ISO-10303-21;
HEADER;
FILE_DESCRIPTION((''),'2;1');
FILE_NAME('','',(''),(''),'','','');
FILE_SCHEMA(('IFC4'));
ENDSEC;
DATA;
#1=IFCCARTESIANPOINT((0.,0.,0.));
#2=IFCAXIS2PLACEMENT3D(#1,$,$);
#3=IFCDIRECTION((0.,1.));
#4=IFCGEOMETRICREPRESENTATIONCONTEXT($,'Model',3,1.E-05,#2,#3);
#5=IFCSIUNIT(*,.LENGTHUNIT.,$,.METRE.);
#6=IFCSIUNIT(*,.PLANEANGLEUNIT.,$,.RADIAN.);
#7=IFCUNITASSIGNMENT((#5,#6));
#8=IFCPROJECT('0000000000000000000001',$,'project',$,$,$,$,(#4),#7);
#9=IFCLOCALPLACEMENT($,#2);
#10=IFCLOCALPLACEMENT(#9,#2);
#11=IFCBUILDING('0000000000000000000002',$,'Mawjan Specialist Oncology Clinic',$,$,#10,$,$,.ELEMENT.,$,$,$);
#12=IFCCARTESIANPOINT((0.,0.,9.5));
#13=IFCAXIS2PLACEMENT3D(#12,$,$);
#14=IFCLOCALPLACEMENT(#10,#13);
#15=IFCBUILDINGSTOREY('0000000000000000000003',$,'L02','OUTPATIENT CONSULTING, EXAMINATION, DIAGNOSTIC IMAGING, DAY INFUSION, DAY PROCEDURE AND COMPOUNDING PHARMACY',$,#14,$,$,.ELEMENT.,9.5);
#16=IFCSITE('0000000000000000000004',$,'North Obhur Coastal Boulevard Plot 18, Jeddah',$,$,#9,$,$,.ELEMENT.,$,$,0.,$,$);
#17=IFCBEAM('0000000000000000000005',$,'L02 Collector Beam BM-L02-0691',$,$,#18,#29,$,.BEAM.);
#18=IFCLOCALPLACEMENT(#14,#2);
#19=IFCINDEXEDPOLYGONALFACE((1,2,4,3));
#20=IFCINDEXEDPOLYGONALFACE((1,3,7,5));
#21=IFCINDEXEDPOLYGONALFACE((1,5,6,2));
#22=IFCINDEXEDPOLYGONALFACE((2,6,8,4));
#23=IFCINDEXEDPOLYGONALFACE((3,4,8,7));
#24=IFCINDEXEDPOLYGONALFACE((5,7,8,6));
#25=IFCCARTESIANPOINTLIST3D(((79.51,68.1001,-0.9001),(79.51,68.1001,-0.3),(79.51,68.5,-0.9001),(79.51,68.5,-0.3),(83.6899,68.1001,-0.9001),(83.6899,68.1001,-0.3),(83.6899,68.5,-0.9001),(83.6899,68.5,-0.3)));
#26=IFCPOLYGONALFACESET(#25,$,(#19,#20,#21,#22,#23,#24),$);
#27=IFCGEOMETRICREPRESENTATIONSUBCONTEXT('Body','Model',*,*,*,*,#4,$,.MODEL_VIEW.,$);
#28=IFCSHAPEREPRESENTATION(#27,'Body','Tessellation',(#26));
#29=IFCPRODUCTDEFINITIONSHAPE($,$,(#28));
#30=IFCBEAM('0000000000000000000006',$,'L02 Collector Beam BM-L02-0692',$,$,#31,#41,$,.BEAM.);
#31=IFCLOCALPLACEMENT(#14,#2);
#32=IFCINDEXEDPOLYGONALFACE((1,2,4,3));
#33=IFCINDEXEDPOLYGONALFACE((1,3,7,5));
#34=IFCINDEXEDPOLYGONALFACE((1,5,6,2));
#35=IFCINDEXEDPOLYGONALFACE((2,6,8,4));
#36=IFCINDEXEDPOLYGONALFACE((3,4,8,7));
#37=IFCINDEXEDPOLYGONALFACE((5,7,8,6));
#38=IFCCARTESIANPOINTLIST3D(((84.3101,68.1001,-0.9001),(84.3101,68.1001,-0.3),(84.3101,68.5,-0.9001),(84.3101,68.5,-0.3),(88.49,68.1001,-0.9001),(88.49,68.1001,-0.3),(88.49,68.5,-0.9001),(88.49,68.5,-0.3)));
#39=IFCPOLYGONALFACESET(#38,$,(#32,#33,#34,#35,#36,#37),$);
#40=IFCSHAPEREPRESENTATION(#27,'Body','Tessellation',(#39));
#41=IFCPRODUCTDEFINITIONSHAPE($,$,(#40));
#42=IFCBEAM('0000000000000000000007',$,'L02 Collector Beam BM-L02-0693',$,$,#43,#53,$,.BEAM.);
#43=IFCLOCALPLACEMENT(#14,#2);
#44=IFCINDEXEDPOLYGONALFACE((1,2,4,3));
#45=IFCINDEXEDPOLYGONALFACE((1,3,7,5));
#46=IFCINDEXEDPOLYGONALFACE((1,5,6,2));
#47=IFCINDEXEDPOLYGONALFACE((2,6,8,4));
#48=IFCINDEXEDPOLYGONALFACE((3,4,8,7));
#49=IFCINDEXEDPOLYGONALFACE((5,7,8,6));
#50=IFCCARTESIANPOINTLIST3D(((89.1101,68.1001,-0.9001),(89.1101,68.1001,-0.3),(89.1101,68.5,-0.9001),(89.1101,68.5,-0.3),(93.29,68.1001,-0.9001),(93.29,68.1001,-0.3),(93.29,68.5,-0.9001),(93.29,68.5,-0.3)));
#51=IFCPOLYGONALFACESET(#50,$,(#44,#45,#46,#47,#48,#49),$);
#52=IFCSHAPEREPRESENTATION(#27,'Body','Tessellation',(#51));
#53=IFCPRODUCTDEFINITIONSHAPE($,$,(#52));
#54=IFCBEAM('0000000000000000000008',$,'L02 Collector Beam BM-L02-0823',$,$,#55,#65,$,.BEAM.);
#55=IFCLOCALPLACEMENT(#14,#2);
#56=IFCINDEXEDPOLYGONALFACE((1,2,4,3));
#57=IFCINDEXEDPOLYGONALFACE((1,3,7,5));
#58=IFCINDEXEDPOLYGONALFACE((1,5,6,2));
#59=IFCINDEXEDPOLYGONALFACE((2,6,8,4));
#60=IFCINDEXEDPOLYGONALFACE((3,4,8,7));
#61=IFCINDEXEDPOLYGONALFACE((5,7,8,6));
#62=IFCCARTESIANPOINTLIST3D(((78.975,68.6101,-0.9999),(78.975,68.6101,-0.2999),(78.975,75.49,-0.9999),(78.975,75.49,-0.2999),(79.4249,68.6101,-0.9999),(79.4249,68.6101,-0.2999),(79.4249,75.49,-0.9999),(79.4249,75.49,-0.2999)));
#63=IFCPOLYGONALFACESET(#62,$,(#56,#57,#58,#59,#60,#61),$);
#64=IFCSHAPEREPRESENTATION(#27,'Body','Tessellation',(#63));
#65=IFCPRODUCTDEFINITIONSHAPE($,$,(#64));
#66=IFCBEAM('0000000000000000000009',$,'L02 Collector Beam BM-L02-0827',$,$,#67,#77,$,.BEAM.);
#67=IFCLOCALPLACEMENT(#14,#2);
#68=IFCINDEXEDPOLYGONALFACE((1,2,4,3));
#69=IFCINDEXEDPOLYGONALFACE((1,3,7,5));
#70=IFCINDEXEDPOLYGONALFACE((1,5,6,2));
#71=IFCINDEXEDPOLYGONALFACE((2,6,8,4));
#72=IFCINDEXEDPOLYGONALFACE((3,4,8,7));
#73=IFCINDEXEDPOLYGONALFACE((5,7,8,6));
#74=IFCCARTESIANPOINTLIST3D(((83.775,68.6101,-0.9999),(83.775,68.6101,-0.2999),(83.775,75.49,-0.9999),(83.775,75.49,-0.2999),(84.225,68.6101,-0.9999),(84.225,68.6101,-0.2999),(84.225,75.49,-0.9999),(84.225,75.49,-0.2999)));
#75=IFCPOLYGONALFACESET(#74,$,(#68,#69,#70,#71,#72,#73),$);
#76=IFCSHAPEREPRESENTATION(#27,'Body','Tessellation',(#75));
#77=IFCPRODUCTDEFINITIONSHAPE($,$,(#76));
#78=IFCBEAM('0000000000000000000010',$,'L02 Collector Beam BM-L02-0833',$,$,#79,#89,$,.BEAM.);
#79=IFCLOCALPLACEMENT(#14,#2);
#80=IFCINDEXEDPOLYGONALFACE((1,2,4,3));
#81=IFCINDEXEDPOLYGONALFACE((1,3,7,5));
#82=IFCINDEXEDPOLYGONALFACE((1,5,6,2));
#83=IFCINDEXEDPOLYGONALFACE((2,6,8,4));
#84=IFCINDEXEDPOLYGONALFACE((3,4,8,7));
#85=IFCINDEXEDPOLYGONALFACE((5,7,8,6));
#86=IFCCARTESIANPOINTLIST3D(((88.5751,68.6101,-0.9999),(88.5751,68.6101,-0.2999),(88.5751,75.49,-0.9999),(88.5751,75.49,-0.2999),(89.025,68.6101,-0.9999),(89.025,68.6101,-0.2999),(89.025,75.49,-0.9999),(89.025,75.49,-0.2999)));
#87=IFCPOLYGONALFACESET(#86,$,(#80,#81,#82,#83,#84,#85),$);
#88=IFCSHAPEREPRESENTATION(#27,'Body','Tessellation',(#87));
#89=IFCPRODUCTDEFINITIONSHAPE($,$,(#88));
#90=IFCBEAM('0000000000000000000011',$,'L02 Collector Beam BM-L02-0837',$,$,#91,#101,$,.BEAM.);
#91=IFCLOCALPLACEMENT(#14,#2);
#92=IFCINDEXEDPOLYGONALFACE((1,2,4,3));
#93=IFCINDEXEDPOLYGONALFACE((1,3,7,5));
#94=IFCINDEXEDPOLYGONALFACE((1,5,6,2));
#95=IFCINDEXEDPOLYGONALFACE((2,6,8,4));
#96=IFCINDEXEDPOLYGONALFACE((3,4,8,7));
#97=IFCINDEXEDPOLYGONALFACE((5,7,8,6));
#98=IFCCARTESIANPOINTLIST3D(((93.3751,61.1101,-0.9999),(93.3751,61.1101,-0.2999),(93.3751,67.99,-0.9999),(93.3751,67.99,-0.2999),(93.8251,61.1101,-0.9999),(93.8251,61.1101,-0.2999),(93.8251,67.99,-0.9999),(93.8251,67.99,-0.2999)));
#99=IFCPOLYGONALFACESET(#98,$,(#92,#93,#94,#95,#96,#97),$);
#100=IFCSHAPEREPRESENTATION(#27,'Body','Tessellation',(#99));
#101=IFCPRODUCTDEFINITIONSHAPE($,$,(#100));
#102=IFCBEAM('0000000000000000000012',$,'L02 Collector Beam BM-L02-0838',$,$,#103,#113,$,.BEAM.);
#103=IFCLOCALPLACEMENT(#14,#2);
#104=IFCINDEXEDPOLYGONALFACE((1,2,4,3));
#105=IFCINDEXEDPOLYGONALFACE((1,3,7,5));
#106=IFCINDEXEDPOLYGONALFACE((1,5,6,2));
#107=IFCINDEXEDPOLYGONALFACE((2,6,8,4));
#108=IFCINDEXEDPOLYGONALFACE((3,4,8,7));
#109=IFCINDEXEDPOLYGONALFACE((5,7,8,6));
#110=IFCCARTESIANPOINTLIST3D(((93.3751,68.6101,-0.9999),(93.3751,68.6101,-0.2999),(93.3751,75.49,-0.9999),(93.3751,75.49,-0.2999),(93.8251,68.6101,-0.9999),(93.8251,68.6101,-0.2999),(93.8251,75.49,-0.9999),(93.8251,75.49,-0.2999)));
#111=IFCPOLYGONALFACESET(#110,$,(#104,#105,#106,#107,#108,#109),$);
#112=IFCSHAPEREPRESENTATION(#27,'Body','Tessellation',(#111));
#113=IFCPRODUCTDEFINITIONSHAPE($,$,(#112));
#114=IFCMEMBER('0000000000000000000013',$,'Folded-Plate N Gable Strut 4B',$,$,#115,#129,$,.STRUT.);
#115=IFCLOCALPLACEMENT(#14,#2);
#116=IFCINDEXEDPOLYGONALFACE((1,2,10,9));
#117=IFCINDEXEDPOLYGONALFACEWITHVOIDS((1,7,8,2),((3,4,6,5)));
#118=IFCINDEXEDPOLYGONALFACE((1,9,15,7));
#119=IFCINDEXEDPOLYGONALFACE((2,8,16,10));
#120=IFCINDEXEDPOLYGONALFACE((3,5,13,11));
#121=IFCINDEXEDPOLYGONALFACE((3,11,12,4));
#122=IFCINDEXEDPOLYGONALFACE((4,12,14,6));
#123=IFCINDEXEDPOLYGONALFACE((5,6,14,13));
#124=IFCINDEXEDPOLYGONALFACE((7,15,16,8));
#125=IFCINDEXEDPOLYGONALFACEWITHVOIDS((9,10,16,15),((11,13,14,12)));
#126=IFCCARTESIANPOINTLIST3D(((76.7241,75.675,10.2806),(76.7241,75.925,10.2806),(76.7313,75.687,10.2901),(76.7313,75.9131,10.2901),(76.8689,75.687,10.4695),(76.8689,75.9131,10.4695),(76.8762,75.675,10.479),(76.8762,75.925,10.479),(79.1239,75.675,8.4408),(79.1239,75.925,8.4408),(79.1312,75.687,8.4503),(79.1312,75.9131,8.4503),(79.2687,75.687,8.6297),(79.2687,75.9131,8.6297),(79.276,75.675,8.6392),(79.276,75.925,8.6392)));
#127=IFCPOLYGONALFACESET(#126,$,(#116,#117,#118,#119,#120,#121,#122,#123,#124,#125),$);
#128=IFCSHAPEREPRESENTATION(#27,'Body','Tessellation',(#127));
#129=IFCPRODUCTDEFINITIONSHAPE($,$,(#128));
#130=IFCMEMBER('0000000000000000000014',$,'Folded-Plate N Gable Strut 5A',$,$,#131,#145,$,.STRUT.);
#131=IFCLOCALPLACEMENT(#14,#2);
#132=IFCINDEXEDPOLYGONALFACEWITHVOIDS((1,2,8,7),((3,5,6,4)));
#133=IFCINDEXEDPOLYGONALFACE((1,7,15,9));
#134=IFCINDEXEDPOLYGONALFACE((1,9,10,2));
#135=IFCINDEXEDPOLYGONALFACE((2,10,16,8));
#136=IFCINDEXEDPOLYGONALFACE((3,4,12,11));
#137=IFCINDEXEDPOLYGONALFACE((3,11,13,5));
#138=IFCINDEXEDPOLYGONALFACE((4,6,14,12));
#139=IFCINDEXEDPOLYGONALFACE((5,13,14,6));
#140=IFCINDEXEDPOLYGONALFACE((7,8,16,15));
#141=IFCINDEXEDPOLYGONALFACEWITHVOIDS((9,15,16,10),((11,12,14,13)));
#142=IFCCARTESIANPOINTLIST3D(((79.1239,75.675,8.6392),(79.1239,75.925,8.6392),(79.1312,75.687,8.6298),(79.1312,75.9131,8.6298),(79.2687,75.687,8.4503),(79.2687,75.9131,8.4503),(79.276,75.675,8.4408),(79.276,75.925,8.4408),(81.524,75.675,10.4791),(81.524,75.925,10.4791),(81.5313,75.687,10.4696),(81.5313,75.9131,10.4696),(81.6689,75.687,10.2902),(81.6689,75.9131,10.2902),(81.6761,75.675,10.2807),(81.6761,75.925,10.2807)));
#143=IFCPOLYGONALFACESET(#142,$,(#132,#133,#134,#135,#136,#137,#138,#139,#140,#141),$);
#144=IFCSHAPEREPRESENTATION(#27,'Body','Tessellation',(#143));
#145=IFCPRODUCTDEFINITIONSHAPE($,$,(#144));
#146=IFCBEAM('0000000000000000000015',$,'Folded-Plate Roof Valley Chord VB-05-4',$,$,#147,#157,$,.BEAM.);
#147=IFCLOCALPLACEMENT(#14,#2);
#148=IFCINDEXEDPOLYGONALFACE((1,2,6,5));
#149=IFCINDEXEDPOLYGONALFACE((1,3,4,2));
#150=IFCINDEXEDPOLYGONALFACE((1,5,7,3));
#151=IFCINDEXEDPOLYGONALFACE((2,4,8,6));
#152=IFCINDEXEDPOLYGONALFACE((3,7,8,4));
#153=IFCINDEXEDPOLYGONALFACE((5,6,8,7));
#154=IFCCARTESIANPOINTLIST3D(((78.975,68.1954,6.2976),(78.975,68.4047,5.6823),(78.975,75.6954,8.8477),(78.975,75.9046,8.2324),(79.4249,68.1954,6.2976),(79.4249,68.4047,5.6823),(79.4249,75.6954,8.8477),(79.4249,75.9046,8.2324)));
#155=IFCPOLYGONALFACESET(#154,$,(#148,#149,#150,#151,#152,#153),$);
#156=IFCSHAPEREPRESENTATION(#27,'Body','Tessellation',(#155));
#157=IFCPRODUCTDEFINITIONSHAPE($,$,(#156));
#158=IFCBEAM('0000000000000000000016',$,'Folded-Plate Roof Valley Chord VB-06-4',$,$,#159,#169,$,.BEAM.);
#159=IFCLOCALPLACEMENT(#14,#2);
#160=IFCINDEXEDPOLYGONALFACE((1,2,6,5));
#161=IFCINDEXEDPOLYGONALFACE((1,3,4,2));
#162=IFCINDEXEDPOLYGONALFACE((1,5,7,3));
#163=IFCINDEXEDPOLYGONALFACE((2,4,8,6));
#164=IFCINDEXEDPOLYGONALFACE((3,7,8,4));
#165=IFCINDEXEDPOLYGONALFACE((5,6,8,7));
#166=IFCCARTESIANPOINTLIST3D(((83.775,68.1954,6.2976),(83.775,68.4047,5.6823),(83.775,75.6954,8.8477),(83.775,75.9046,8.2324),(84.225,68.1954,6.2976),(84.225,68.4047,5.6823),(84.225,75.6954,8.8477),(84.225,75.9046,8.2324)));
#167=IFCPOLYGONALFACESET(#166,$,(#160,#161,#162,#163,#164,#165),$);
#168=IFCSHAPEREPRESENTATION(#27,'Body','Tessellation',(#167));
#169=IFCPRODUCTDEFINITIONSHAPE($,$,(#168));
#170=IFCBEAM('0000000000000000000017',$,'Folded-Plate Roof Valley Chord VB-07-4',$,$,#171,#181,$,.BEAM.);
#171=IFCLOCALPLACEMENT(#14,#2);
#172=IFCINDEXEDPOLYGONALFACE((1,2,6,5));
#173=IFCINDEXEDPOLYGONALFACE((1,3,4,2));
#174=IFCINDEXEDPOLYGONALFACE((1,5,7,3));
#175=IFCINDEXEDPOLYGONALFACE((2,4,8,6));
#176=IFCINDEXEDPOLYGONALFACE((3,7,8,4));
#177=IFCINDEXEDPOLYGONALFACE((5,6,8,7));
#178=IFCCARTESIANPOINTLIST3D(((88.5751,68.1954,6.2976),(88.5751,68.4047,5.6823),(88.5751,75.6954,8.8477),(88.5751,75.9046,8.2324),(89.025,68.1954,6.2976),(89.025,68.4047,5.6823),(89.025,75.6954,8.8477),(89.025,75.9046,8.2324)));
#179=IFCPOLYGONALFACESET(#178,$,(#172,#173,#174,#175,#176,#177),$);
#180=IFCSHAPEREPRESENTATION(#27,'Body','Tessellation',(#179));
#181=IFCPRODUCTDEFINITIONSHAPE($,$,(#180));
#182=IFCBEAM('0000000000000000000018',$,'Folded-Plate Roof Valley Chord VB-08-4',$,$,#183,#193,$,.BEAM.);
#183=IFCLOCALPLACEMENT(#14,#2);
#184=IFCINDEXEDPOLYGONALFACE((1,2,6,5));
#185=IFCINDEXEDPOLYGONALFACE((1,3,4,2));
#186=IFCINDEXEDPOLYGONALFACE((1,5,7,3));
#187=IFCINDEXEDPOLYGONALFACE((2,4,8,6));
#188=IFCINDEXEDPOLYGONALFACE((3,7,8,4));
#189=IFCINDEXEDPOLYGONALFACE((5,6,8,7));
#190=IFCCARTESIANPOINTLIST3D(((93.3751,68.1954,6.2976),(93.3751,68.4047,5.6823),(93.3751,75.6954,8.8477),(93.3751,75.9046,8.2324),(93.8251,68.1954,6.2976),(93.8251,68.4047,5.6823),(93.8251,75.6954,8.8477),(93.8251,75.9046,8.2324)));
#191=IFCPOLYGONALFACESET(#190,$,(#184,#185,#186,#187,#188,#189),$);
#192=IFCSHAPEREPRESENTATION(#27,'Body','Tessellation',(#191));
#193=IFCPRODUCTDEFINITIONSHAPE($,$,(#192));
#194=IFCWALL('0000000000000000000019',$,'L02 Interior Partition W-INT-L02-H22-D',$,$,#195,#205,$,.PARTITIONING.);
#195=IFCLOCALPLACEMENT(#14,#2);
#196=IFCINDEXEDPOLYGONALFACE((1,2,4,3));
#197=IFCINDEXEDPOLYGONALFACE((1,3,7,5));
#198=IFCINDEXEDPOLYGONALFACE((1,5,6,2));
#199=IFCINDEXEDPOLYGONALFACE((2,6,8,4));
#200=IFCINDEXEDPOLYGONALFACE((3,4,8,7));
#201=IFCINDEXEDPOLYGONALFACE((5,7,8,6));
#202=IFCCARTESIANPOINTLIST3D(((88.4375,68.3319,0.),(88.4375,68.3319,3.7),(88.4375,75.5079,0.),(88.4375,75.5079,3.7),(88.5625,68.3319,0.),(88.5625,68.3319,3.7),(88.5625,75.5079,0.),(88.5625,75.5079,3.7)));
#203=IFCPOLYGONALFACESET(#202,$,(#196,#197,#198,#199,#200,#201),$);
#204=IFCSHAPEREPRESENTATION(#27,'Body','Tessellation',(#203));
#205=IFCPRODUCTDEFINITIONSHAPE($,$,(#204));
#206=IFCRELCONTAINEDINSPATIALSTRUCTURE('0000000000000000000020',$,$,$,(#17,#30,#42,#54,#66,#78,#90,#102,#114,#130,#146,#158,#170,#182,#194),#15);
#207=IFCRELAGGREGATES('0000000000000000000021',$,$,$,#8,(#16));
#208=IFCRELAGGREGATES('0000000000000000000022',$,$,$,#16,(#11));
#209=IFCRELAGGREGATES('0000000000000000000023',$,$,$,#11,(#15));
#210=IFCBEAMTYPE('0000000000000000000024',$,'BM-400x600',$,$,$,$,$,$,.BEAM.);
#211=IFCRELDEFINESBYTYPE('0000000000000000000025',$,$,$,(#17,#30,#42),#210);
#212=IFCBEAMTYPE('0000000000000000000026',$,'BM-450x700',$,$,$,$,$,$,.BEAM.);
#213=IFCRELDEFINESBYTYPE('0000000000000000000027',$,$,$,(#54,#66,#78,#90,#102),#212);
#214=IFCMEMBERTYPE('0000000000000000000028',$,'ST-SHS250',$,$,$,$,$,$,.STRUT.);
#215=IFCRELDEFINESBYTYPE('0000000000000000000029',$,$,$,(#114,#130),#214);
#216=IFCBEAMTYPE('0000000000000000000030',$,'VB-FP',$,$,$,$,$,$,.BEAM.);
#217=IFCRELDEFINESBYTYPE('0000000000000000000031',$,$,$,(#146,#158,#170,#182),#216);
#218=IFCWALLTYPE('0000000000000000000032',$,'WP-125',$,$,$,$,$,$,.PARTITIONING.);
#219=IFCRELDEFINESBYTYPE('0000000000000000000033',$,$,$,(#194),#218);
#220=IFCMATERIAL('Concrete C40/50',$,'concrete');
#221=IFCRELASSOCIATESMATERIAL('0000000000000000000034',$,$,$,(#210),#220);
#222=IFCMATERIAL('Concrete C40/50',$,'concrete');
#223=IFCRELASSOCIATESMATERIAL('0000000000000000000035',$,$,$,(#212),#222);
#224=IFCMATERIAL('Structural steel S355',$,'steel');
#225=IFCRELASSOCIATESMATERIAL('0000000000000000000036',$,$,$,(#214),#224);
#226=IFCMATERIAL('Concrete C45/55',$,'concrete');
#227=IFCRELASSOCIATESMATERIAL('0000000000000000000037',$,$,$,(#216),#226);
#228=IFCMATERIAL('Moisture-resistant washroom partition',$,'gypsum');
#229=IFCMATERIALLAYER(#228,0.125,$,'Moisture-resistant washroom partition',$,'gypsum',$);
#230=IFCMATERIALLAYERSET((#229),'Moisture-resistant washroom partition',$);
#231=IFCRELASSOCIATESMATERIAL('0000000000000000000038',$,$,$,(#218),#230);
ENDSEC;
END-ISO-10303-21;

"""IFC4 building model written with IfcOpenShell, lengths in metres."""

from ifc_helpers import new_model, si_unit, direction, frame, frame_2d, origin, origin_2d, place, context, subcontext, project, spatial, rectangle, hollow_rectangle, extrude, material, layer, layer_set, material_profile, profile_set, type_object, element, save


model = new_model("IFC4")

# Units and contexts
model_context = context("Model", 3, precision=1e-05, world=origin(), true_north=direction((0.0, 1.0)))
body_context = subcontext(model_context, "Body", "Model", "MODEL_VIEW")
ifc_project = project(units=[si_unit("LENGTHUNIT", "METRE"), si_unit("PLANEANGLEUNIT", "RADIAN")], contexts=[model_context])

# Site, building, storey
site_placement = place(None, origin())
site = spatial("IfcSite", under=ifc_project, at=site_placement, Name="North Obhur Coastal Boulevard Plot 18, Jeddah", CompositionType="ELEMENT", RefElevation=0.0)
building_placement = place(site_placement, origin())
building = spatial("IfcBuilding", under=site, at=building_placement, Name="Mawjan Specialist Oncology Clinic", CompositionType="ELEMENT")
storey_placement = place(building_placement, frame((0.0, 0.0, 9.5)))
storey = spatial("IfcBuildingStorey", under=building, at=storey_placement, Name="L02", Description="OUTPATIENT CONSULTING, EXAMINATION, DIAGNOSTIC IMAGING, DAY INFUSION, DAY PROCEDURE AND COMPOUNDING PHARMACY", CompositionType="ELEMENT", Elevation=9.5)

# Beams
ifc_material_1 = material(Name="Concrete C40/50", Category="concrete")
ifc_material_profile_1 = material_profile(ifc_material_1, rectangle(XDim=0.3999, YDim=0.6001, at=origin_2d()), Name="RC BM 400x600", Category="concrete")
ifc_profile_set_1 = profile_set([ifc_material_profile_1], Name="Concrete C40/50")
beam_type_1 = type_object("IfcBeamType", Name="BM-400x600", PredefinedType="BEAM", material=ifc_profile_set_1)
for number, where, z_axis, x_axis, name in (
    (1, (79.51, 68.3, -0.6001), (1.0, 0.0, 0.0), (0.0, 1.0, 0.0), "L02 Collector Beam BM-L02-0691"),
    (2, (84.3101, 68.3, -0.6001), (1.0, 0.0, 0.0), (0.0, 1.0, 0.0), "L02 Collector Beam BM-L02-0692"),
    (3, (89.1101, 68.3, -0.6001), (1.0, 0.0, 0.0), (0.0, 1.0, 0.0), "L02 Collector Beam BM-L02-0693"),
):
    element("IfcBeam", number, at=place(storey_placement, frame(where, z_axis=z_axis, x_axis=x_axis)), inside=storey, type_object=beam_type_1, Name=name, PredefinedType="BEAM", context=body_context, shape_type="SweptSolid", body=[
        extrude(rectangle(XDim=0.3999, YDim=0.6001, at=origin_2d()), origin(), (0.0, 0.0, 1.0), 4.1799),
    ])
ifc_material_2 = material(Name="Concrete C40/50", Category="concrete")
ifc_material_profile_2 = material_profile(ifc_material_2, rectangle(XDim=0.45, YDim=0.7, at=origin_2d()), Name="RC BM 450x700", Category="concrete")
ifc_profile_set_2 = profile_set([ifc_material_profile_2], Name="Concrete C40/50")
beam_type_2 = type_object("IfcBeamType", Name="BM-450x700", PredefinedType="BEAM", material=ifc_profile_set_2)
for number, where, z_axis, x_axis, name in (
    (4, (79.2, 68.6101, -0.6499), (0.0, 1.0, 0.0), (-1.0, 0.0, 0.0), "L02 Collector Beam BM-L02-0823"),
    (5, (84.0, 68.6101, -0.6499), (0.0, 1.0, 0.0), (-1.0, 0.0, 0.0), "L02 Collector Beam BM-L02-0827"),
    (6, (88.8, 68.6101, -0.6499), (0.0, 1.0, 0.0), (-1.0, 0.0, 0.0), "L02 Collector Beam BM-L02-0833"),
    (7, (93.6001, 61.1101, -0.6499), (0.0, 1.0, 0.0), (-1.0, 0.0, 0.0), "L02 Collector Beam BM-L02-0837"),
    (8, (93.6001, 68.6101, -0.6499), (0.0, 1.0, 0.0), (-1.0, 0.0, 0.0), "L02 Collector Beam BM-L02-0838"),
):
    element("IfcBeam", number, at=place(storey_placement, frame(where, z_axis=z_axis, x_axis=x_axis)), inside=storey, type_object=beam_type_2, Name=name, PredefinedType="BEAM", context=body_context, shape_type="SweptSolid", body=[
        extrude(rectangle(XDim=0.45, YDim=0.7, at=origin_2d()), origin(), (0.0, 0.0, 1.0), 6.8799),
    ])

# Members
ifc_material_3 = material(Name="Structural steel S355", Category="steel")
ifc_material_profile_3 = material_profile(ifc_material_3, hollow_rectangle(XDim=0.25, YDim=0.25, WallThickness=0.012, at=origin_2d()), Name="SHS 250x250x12", Category="steel")
ifc_profile_set_3 = profile_set([ifc_material_profile_3], Name="Structural steel S355")
member_type = type_object("IfcMemberType", Name="ST-SHS250", PredefinedType="STRUT", material=ifc_profile_set_3)
member_1_placement = place(storey_placement, frame((79.2, 75.8, 8.54), z_axis=(-0.793619, 0.0, 0.608415), x_axis=(0.0, -1.0, 0.0)))
element("IfcMember", 9, at=member_1_placement, inside=storey, type_object=member_type, Name="Folded-Plate N Gable Strut 4B", PredefinedType="STRUT", context=body_context, shape_type="SweptSolid", body=[
    extrude(hollow_rectangle(XDim=0.25, YDim=0.25, WallThickness=0.012, at=origin_2d()), origin(), (0.0, 0.0, 1.0), 3.0239),
])
member_2_placement = place(storey_placement, frame((79.2, 75.8, 8.54), z_axis=(0.793649, 0.0, 0.608376), x_axis=(0.0, 1.0, 0.0)))
element("IfcMember", 10, at=member_2_placement, inside=storey, type_object=member_type, Name="Folded-Plate N Gable Strut 5A", PredefinedType="STRUT", context=body_context, shape_type="SweptSolid", body=[
    extrude(hollow_rectangle(XDim=0.25, YDim=0.25, WallThickness=0.012, at=origin_2d()), origin(), (0.0, 0.0, 1.0), 3.0242),
])

# Beams
ifc_material_4 = material(Name="Concrete C45/55", Category="concrete")
ifc_material_profile_4 = material_profile(ifc_material_4, rectangle(XDim=0.45, YDim=0.6499, at=origin_2d()), Name="RC VALLEY 450x650", Category="concrete")
ifc_profile_set_4 = profile_set([ifc_material_profile_4], Name="Concrete C45/55")
beam_type_3 = type_object("IfcBeamType", Name="VB-FP", PredefinedType="BEAM", material=ifc_profile_set_4)
for number, where, z_axis, x_axis, name in (
    (11, (79.2, 68.3, 5.99), (0.0, 0.946771, 0.321908), (-1.0, 0.0, 0.0), "Folded-Plate Roof Valley Chord VB-05-4"),
    (12, (84.0, 68.3, 5.99), (0.0, 0.946771, 0.321908), (-1.0, 0.0, 0.0), "Folded-Plate Roof Valley Chord VB-06-4"),
    (13, (88.8, 68.3, 5.99), (0.0, 0.946771, 0.321908), (-1.0, 0.0, 0.0), "Folded-Plate Roof Valley Chord VB-07-4"),
    (14, (93.6001, 68.3, 5.99), (0.0, 0.946771, 0.321908), (-1.0, 0.0, 0.0), "Folded-Plate Roof Valley Chord VB-08-4"),
):
    element("IfcBeam", number, at=place(storey_placement, frame(where, z_axis=z_axis, x_axis=x_axis)), inside=storey, type_object=beam_type_3, Name=name, PredefinedType="BEAM", context=body_context, shape_type="SweptSolid", body=[
        extrude(rectangle(XDim=0.45, YDim=0.6499, at=origin_2d()), origin(), (0.0, 0.0, 1.0), 7.9216),
    ])

# Wall
ifc_material_5 = material(Name="Moisture-resistant washroom partition", Category="gypsum")
ifc_layer_1 = layer(ifc_material_5, 0.125, Name="Moisture-resistant washroom partition", Category="gypsum")
ifc_layer_set_1 = layer_set([ifc_layer_1], Name="Moisture-resistant washroom partition")
wall_type_1 = type_object("IfcWallType", Name="WP-125", PredefinedType="PARTITIONING", material=ifc_layer_set_1)
wall_1_placement = place(storey_placement, frame((88.5, 68.332, 0.0), z_axis=(0.0, 0.0, 1.0), x_axis=(0.0, 1.0, 0.0)))
element("IfcWall", 15, at=wall_1_placement, inside=storey, type_object=wall_type_1, Name="L02 Interior Partition W-INT-L02-H22-D", PredefinedType="PARTITIONING", context=body_context, shape_type="SweptSolid", body=[
    extrude(rectangle(XDim=7.176, YDim=0.125, at=frame_2d((3.5879, 0.0))), origin(), (0.0, 0.0, 1.0), 3.7),
])

save(model, "model.ifc")
